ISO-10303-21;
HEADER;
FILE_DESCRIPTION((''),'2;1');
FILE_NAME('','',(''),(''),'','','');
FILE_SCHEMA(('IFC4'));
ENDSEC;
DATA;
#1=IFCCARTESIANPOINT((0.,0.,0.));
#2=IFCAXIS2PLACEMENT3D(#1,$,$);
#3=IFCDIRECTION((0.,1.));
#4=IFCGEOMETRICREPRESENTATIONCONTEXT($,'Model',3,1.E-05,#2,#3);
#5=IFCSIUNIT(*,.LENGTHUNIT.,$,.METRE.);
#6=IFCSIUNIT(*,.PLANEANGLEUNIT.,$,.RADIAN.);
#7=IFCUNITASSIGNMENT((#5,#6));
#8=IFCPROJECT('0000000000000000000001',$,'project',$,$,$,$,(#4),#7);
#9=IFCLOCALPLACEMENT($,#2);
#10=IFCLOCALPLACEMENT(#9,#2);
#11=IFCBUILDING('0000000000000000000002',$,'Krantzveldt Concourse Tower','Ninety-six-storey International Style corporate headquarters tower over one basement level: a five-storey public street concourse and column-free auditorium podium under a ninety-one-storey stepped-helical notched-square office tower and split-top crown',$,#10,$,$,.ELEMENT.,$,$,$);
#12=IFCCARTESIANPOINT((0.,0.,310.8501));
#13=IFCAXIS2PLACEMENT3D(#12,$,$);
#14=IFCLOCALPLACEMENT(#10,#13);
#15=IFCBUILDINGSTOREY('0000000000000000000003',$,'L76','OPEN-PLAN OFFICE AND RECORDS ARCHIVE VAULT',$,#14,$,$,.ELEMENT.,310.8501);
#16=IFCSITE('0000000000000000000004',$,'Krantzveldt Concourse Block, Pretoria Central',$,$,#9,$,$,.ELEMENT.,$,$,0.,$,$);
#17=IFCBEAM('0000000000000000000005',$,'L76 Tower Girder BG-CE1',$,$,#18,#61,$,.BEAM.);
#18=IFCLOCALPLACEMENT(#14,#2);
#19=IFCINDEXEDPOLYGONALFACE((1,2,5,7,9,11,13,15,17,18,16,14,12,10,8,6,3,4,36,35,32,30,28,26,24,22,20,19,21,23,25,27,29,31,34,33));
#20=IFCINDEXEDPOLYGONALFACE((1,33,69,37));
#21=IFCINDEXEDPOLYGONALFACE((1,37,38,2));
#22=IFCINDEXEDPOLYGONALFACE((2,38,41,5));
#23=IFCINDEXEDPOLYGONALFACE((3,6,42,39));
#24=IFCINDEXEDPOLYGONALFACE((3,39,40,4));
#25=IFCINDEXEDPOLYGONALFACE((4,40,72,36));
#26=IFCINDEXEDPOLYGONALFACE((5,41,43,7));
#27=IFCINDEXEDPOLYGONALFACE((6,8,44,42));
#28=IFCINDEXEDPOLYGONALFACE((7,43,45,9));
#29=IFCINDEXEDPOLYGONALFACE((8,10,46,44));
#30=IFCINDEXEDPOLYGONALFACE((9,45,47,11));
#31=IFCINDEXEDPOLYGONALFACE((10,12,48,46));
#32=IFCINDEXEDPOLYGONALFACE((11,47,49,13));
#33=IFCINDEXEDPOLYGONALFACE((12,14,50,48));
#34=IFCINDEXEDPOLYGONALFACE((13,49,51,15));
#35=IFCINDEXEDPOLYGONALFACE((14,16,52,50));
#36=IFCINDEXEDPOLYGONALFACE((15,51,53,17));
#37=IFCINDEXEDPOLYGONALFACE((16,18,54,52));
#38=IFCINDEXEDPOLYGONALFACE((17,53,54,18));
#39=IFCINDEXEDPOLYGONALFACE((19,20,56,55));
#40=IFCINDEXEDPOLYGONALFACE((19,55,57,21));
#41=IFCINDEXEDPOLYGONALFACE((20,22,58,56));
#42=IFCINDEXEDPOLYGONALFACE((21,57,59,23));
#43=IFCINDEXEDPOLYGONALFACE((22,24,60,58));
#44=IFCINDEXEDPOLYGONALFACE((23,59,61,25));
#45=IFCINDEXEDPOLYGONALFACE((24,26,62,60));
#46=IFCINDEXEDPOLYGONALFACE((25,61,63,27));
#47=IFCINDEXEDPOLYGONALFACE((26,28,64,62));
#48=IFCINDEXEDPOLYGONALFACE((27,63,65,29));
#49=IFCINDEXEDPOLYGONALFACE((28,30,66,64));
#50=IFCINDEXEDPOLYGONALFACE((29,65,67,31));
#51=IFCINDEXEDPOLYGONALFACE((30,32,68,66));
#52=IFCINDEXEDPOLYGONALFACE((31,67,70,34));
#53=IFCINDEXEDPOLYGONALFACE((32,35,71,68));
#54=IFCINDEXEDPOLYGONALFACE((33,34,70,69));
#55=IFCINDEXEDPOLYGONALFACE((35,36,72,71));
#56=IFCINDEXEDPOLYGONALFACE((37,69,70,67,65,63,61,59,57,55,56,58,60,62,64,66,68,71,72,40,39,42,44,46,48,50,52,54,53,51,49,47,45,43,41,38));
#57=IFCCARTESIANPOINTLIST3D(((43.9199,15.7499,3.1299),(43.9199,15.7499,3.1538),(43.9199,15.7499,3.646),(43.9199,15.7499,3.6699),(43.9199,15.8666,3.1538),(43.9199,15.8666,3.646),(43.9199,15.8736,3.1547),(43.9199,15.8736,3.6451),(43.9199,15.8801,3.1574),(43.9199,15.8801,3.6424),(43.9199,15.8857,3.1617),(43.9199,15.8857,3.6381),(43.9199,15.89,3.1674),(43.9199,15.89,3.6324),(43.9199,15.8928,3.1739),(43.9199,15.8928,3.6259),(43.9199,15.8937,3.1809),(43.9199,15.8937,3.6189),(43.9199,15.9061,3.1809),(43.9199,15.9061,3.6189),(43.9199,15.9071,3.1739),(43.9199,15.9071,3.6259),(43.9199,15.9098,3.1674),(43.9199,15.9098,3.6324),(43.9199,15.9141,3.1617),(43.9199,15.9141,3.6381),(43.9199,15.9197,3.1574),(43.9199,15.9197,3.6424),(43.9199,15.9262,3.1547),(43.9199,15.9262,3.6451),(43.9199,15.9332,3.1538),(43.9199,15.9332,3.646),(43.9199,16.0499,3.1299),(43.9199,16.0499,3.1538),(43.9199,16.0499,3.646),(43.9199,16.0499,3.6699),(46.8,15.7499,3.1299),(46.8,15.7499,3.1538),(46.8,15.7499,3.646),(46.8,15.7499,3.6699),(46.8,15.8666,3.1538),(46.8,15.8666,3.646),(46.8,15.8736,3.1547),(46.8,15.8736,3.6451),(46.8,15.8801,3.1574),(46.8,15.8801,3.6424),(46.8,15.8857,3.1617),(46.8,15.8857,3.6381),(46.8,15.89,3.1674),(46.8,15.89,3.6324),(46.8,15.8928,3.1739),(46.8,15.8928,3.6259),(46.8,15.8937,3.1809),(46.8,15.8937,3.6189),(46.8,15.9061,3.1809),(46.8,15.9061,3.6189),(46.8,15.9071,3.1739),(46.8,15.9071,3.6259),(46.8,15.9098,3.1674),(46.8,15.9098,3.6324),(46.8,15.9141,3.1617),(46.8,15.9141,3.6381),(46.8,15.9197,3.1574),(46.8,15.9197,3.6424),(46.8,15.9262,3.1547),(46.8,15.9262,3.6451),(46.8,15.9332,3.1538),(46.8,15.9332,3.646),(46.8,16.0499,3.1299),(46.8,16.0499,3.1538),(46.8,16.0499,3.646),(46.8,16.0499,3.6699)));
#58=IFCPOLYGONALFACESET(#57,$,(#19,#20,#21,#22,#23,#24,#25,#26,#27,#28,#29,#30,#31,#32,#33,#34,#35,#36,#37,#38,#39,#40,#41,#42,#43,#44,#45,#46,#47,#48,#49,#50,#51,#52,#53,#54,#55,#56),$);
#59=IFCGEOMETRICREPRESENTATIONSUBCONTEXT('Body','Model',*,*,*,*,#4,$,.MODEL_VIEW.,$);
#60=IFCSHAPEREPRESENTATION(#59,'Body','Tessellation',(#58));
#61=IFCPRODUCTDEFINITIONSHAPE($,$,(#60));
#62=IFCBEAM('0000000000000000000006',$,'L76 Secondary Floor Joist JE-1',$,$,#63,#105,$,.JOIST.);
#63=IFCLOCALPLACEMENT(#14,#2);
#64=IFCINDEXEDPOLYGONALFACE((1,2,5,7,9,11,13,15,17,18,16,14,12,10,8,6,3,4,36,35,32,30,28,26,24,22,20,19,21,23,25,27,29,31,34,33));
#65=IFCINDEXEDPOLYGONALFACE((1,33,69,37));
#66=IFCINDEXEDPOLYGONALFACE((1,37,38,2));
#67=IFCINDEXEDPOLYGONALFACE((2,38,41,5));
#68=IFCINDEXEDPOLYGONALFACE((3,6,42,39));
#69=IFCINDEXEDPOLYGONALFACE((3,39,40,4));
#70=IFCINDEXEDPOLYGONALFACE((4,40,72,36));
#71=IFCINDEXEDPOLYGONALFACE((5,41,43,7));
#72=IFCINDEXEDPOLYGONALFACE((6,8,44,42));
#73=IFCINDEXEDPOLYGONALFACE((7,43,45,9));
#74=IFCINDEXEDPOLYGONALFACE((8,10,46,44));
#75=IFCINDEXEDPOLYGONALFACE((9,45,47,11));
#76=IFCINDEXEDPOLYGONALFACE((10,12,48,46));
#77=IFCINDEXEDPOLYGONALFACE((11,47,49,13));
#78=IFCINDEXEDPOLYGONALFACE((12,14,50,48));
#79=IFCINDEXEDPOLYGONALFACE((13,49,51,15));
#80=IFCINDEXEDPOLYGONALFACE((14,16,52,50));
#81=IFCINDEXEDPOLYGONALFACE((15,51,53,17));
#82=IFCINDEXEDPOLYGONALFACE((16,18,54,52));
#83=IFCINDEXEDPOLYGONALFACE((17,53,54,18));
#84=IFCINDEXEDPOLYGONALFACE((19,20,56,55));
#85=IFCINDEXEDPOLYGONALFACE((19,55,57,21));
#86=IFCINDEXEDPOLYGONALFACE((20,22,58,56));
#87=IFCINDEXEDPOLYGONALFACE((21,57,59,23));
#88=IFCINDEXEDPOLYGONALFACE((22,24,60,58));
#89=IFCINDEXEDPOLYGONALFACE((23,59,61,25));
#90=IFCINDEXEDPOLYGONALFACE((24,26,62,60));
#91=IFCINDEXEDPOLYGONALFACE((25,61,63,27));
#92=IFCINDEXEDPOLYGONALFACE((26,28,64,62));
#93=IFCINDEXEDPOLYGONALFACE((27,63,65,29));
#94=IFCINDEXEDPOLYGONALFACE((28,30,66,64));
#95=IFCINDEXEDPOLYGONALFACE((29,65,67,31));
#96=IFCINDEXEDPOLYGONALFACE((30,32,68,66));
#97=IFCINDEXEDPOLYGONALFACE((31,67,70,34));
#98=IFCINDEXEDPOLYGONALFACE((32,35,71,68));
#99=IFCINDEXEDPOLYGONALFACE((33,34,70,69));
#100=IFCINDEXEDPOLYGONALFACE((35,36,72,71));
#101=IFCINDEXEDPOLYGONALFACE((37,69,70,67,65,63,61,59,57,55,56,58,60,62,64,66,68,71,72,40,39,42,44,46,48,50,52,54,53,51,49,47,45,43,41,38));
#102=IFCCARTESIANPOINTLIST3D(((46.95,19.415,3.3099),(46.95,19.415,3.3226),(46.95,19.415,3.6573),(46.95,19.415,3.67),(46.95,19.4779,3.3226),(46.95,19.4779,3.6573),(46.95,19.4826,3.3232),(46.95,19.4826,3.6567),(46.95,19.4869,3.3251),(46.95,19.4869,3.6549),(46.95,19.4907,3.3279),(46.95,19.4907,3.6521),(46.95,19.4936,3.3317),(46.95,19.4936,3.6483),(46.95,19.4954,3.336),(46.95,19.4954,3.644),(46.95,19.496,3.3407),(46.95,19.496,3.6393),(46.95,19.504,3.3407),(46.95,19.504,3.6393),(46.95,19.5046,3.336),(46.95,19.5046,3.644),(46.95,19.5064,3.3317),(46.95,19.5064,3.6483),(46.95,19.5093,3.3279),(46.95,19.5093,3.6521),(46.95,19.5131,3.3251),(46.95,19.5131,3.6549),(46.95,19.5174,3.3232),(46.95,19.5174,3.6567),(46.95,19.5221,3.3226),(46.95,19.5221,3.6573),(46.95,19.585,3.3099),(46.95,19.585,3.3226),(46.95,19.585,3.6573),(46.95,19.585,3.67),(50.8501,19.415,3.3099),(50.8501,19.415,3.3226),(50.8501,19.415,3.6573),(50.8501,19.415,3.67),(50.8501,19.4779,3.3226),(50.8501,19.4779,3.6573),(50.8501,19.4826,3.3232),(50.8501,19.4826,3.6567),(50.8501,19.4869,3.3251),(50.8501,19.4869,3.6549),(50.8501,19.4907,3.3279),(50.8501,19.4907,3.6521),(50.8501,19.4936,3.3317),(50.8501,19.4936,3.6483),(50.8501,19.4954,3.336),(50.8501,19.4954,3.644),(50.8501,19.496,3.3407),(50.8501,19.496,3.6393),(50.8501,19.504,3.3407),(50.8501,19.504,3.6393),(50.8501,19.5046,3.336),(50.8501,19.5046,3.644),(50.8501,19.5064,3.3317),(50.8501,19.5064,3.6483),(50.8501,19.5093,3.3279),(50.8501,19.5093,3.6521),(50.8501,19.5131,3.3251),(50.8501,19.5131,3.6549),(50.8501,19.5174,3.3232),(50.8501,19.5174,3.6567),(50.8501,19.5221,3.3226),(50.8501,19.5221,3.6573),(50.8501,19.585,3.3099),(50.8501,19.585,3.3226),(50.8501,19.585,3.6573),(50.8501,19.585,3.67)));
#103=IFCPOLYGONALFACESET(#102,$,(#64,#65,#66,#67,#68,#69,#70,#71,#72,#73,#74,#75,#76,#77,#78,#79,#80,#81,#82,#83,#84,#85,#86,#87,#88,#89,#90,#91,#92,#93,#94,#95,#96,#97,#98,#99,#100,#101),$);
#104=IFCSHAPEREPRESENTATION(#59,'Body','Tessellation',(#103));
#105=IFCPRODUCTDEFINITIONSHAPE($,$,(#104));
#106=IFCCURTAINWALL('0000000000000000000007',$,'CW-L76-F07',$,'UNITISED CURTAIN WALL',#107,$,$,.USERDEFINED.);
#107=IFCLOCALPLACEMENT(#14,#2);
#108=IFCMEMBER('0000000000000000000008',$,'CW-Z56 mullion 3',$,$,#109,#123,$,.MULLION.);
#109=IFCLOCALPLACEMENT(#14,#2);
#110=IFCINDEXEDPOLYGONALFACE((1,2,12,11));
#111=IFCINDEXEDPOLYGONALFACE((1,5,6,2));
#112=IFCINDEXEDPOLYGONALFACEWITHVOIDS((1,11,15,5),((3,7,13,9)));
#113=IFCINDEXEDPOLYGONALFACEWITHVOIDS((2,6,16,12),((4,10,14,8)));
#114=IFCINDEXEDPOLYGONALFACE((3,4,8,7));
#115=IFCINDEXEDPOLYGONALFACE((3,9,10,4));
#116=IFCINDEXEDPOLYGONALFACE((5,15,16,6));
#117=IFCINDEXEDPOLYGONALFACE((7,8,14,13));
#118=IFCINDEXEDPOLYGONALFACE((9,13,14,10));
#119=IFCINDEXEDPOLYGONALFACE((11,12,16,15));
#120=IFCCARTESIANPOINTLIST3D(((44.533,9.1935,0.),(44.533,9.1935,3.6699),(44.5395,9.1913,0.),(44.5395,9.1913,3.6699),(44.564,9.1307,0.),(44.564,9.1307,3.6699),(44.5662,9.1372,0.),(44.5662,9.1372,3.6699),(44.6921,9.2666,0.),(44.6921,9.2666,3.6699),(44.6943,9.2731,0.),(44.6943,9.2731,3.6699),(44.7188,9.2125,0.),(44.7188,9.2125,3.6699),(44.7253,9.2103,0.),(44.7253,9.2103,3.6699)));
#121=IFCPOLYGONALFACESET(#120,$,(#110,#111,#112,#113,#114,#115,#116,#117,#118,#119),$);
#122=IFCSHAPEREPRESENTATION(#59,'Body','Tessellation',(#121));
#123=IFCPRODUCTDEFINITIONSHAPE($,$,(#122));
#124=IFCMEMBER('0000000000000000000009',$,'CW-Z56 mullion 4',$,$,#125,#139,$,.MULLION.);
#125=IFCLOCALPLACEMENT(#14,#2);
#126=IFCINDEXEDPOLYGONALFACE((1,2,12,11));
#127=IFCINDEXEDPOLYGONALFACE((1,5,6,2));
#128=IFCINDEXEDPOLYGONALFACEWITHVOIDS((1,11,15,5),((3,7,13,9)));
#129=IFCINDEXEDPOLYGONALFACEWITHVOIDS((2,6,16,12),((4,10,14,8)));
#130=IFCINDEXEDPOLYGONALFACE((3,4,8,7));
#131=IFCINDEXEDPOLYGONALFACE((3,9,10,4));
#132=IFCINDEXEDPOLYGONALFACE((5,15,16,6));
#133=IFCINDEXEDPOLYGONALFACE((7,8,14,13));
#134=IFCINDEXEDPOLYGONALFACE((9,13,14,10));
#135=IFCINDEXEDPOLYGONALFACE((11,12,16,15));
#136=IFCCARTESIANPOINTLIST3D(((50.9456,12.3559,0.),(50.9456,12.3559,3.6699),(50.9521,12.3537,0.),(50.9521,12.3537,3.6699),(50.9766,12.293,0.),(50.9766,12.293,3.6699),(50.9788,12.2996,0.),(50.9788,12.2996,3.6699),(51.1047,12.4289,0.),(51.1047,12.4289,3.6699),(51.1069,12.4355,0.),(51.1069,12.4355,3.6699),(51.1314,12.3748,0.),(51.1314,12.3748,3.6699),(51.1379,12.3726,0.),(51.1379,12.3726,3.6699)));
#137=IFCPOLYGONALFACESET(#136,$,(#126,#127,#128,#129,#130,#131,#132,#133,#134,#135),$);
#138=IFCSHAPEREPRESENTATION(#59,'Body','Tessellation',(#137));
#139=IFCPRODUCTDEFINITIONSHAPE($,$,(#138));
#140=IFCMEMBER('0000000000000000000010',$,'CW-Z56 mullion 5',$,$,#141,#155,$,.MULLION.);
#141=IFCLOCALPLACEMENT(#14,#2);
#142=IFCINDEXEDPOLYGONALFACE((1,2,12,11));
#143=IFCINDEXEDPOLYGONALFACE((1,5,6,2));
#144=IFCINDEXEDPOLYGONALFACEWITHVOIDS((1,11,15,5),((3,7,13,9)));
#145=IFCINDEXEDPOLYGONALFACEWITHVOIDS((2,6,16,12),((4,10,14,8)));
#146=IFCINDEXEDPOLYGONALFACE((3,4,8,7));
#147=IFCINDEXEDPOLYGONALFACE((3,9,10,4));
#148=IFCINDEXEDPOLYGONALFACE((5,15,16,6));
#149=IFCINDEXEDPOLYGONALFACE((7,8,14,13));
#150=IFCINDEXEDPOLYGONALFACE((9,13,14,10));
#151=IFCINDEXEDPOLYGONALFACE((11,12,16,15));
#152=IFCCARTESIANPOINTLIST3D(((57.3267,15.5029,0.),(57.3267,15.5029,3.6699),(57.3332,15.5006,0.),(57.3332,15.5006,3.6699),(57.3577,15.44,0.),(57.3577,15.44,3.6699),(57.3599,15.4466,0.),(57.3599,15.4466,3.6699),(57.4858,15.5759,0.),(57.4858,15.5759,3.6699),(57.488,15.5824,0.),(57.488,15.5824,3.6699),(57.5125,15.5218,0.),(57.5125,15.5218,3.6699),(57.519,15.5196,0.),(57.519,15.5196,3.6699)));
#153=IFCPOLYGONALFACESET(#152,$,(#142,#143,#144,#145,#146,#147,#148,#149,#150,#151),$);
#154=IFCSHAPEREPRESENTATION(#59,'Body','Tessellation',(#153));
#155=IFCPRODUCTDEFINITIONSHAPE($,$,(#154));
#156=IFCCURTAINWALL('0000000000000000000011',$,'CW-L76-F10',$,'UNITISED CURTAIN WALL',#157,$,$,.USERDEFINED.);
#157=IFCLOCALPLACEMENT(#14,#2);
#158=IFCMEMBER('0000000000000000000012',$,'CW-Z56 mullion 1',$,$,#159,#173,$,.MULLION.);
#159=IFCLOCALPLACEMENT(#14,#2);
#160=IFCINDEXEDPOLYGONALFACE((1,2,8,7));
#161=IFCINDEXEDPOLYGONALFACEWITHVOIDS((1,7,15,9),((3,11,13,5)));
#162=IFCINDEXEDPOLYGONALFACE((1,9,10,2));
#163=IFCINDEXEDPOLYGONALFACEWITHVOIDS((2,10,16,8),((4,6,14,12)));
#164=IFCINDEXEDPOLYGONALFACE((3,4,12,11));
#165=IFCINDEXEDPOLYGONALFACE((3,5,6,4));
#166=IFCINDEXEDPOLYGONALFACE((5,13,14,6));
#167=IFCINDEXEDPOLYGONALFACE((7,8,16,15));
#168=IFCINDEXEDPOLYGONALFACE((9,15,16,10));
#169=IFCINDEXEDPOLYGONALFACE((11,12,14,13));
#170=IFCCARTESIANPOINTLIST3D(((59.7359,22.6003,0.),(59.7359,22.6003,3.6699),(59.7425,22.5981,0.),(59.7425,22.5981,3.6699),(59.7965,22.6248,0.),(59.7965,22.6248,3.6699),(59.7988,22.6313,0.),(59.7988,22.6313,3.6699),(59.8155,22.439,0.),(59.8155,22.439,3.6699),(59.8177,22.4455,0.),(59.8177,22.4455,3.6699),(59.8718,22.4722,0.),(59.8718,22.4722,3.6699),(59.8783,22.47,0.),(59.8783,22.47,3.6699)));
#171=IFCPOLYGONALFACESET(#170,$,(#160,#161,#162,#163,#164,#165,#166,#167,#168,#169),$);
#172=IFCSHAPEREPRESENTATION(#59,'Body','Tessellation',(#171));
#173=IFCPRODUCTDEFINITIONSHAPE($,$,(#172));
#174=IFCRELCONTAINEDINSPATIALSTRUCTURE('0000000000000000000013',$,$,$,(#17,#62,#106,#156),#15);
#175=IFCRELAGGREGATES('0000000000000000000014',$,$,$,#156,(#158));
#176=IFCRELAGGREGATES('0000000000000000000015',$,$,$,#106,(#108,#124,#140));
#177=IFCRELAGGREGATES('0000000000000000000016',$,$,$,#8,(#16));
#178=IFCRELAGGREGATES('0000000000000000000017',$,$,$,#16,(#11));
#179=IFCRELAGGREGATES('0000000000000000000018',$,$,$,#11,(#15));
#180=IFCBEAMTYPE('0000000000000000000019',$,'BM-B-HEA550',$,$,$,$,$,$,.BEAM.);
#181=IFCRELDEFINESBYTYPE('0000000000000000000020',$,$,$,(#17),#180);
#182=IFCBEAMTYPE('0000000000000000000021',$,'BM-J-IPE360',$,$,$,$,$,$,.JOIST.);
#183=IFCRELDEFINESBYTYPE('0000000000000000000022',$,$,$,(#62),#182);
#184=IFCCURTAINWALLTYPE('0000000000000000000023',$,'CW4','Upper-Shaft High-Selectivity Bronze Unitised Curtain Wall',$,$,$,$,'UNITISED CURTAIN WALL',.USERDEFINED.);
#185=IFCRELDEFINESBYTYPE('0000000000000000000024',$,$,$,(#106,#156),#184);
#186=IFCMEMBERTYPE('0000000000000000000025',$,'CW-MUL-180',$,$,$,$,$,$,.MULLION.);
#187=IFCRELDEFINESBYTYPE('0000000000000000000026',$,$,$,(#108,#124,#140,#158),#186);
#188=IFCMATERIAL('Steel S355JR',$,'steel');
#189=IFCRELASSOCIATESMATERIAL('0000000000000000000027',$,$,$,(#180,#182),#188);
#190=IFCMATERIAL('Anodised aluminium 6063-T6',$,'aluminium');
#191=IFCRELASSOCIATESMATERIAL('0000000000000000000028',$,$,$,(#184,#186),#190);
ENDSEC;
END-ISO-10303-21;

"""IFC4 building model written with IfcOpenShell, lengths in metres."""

from ifc_helpers import new_model, si_unit, direction, frame, origin, origin_2d, place, context, subcontext, project, spatial, hollow_rectangle, i_section, extrude, source, transform, mapped, material, material_profile, profile_set, type_object, type_shapes, element, aggregate, save


model = new_model("IFC4")

# Units and contexts
model_context = context("Model", 3, precision=1e-05, world=origin(), true_north=direction((0.0, 1.0)))
body_context = subcontext(model_context, "Body", "Model", "MODEL_VIEW")
ifc_project = project(units=[si_unit("LENGTHUNIT", "METRE"), si_unit("PLANEANGLEUNIT", "RADIAN")], contexts=[model_context])

# Site, building, storey
site_placement = place(None, origin())
site = spatial("IfcSite", under=ifc_project, at=site_placement, Name="Krantzveldt Concourse Block, Pretoria Central", CompositionType="ELEMENT", RefElevation=0.0)
building_placement = place(site_placement, origin())
building = spatial("IfcBuilding", under=site, at=building_placement, Name="Krantzveldt Concourse Tower", Description="Ninety-six-storey International Style corporate headquarters tower over one basement level: a five-storey public street concourse and column-free auditorium podium under a ninety-one-storey stepped-helical notched-square office tower and split-top crown", CompositionType="ELEMENT")
storey_placement = place(building_placement, frame((0.0, 0.0, 310.8501)))
storey = spatial("IfcBuildingStorey", under=building, at=storey_placement, Name="L76", Description="OPEN-PLAN OFFICE AND RECORDS ARCHIVE VAULT", CompositionType="ELEMENT", Elevation=310.8501)

# Beams
ifc_material_1 = material(Name="Steel S355JR", Category="steel")
ifc_material_profile_1 = material_profile(ifc_material_1, i_section(OverallWidth=0.3, OverallDepth=0.54, WebThickness=0.0125, FlangeThickness=0.0239, FilletRadius=0.0271, at=origin_2d()), Name="Steel S355JR", Category="steel")
ifc_profile_set_1 = profile_set([ifc_material_profile_1], Name="Steel S355JR - HEA 550")
beam_type_1 = type_object("IfcBeamType", Name="BM-B-HEA550", PredefinedType="BEAM", material=ifc_profile_set_1)
shared_shape_1 = source(origin(), body_context, "Body", "SweptSolid", [
    extrude(i_section(OverallWidth=0.3, OverallDepth=0.54, WebThickness=0.0125, FlangeThickness=0.0239, FilletRadius=0.0271, at=origin_2d()), origin(), (0.0, 0.0, 1.0), 2.8801),
])
beam_1_placement = place(storey_placement, frame((43.9199, 15.8999, 3.3999), z_axis=(1.0, 0.0, 0.0), x_axis=(0.0, 1.0, 0.0)))
element("IfcBeam", 1, at=beam_1_placement, inside=storey, type_object=beam_type_1, Name="L76 Tower Girder BG-CE1", PredefinedType="BEAM", context=body_context, shape_type="MappedRepresentation", body=[
    mapped(shared_shape_1, transform((0.0, 0.0, 0.0), x_axis=(1.0, 0.0, 0.0), y_axis=(0.0, 1.0, 0.0), z_axis=(0.0, 0.0, 1.0), scale=1.0)),
])
ifc_material_profile_2 = material_profile(ifc_material_1, i_section(OverallWidth=0.1699, OverallDepth=0.3601, WebThickness=0.0081, FlangeThickness=0.0127, FilletRadius=0.0181, at=origin_2d()), Name="Steel S355JR", Category="steel")
ifc_profile_set_2 = profile_set([ifc_material_profile_2], Name="Steel S355JR - IPE 360")
beam_type_2 = type_object("IfcBeamType", Name="BM-J-IPE360", PredefinedType="JOIST", material=ifc_profile_set_2)
shared_shape_2 = source(origin(), body_context, "Body", "SweptSolid", [
    extrude(i_section(OverallWidth=0.1699, OverallDepth=0.3601, WebThickness=0.0081, FlangeThickness=0.0127, FilletRadius=0.0181, at=origin_2d()), origin(), (0.0, 0.0, 1.0), 3.9001),
])
type_shapes(beam_type_2, [shared_shape_2])
beam_2_placement = place(storey_placement, frame((46.95, 19.5, 3.49), z_axis=(1.0, 0.0, 0.0), x_axis=(0.0, 1.0, 0.0)))
element("IfcBeam", 2, at=beam_2_placement, inside=storey, type_object=beam_type_2, Name="L76 Secondary Floor Joist JE-1", PredefinedType="JOIST", context=body_context, shape_type="MappedRepresentation", body=[
    mapped(shared_shape_2, transform((0.0, 0.0, 0.0), x_axis=(1.0, 0.0, 0.0), y_axis=(0.0, 1.0, 0.0), z_axis=(0.0, 0.0, 1.0), scale=1.0)),
])

# Curtain walls, members
ifc_material_2 = material(Name="Anodised aluminium 6063-T6", Category="aluminium")
curtain_wall_type = type_object("IfcCurtainWallType", Name="CW4", Description="Upper-Shaft High-Selectivity Bronze Unitised Curtain Wall", ElementType="UNITISED CURTAIN WALL", PredefinedType="USERDEFINED", material=ifc_material_2)
curtain_wall_1_placement = place(storey_placement, origin())
curtain_wall_1 = element("IfcCurtainWall", 3, at=curtain_wall_1_placement, inside=storey, type_object=curtain_wall_type, Name="CW-L76-F07", ObjectType="UNITISED CURTAIN WALL", PredefinedType="USERDEFINED")
ifc_material_profile_3 = material_profile(ifc_material_2, hollow_rectangle(XDim=0.0701, YDim=0.1799, WallThickness=0.0049, at=origin_2d()), Name="Anodised aluminium 6063-T6", Category="aluminium")
ifc_profile_set_3 = profile_set([ifc_material_profile_3], Name="Anodised aluminium 6063-T6 - ALU-MULL 180x70x5")
member_type_1 = type_object("IfcMemberType", Name="CW-MUL-180", PredefinedType="MULLION", material=ifc_profile_set_3)
shared_shape_3 = source(origin(), body_context, "Body", "SweptSolid", [
    extrude(hollow_rectangle(XDim=0.0701, YDim=0.1799, WallThickness=0.0049, at=origin_2d()), origin(), (0.0, 0.0, 1.0), 3.6699),
])
type_shapes(member_type_1, [shared_shape_3])
member_1_placement = place(storey_placement, frame((44.6292, 9.2019, 0.0), z_axis=(0.0, 0.0, 1.0), x_axis=(-0.442289, 0.896873, 0.0)))
member_1 = element("IfcMember", 4, at=member_1_placement, type_object=member_type_1, Name="CW-Z56 mullion 3", PredefinedType="MULLION", context=body_context, shape_type="MappedRepresentation", body=[
    mapped(shared_shape_3, transform((0.0, 0.0, 0.0), x_axis=(1.0, 0.0, 0.0), y_axis=(0.0, 1.0, 0.0), z_axis=(0.0, 0.0, 1.0), scale=1.0)),
])
member_2_placement = place(storey_placement, frame((51.0417, 12.3643, 0.0), z_axis=(0.0, 0.0, 1.0), x_axis=(-0.442289, 0.896873, 0.0)))
member_2 = element("IfcMember", 5, at=member_2_placement, type_object=member_type_1, Name="CW-Z56 mullion 4", PredefinedType="MULLION", context=body_context, shape_type="MappedRepresentation", body=[
    mapped(shared_shape_3, transform((0.0, 0.0, 0.0), x_axis=(1.0, 0.0, 0.0), y_axis=(0.0, 1.0, 0.0), z_axis=(0.0, 0.0, 1.0), scale=1.0)),
])
member_3_placement = place(storey_placement, frame((57.4229, 15.5112, 0.0), z_axis=(0.0, 0.0, 1.0), x_axis=(-0.442289, 0.896873, 0.0)))
member_3 = element("IfcMember", 6, at=member_3_placement, type_object=member_type_1, Name="CW-Z56 mullion 5", PredefinedType="MULLION", context=body_context, shape_type="MappedRepresentation", body=[
    mapped(shared_shape_3, transform((0.0, 0.0, 0.0), x_axis=(1.0, 0.0, 0.0), y_axis=(0.0, 1.0, 0.0), z_axis=(0.0, 0.0, 1.0), scale=1.0)),
])
curtain_wall_2_placement = place(storey_placement, origin())
curtain_wall_2 = element("IfcCurtainWall", 7, at=curtain_wall_2_placement, inside=storey, type_object=curtain_wall_type, Name="CW-L76-F10", ObjectType="UNITISED CURTAIN WALL", PredefinedType="USERDEFINED")
member_4_placement = place(storey_placement, frame((59.8071, 22.5352, 0.0), z_axis=(0.0, 0.0, 1.0), x_axis=(-0.896873, -0.442289, 0.0)))
member_4 = element("IfcMember", 8, at=member_4_placement, type_object=member_type_1, Name="CW-Z56 mullion 1", PredefinedType="MULLION", context=body_context, shape_type="MappedRepresentation", body=[
    mapped(shared_shape_3, transform((0.0, 0.0, 0.0), x_axis=(1.0, 0.0, 0.0), y_axis=(0.0, 1.0, 0.0), z_axis=(0.0, 0.0, 1.0), scale=1.0)),
])
aggregate(curtain_wall_2, [member_4])

aggregate(curtain_wall_1, [member_1, member_2, member_3])

save(model, "model.ifc")
